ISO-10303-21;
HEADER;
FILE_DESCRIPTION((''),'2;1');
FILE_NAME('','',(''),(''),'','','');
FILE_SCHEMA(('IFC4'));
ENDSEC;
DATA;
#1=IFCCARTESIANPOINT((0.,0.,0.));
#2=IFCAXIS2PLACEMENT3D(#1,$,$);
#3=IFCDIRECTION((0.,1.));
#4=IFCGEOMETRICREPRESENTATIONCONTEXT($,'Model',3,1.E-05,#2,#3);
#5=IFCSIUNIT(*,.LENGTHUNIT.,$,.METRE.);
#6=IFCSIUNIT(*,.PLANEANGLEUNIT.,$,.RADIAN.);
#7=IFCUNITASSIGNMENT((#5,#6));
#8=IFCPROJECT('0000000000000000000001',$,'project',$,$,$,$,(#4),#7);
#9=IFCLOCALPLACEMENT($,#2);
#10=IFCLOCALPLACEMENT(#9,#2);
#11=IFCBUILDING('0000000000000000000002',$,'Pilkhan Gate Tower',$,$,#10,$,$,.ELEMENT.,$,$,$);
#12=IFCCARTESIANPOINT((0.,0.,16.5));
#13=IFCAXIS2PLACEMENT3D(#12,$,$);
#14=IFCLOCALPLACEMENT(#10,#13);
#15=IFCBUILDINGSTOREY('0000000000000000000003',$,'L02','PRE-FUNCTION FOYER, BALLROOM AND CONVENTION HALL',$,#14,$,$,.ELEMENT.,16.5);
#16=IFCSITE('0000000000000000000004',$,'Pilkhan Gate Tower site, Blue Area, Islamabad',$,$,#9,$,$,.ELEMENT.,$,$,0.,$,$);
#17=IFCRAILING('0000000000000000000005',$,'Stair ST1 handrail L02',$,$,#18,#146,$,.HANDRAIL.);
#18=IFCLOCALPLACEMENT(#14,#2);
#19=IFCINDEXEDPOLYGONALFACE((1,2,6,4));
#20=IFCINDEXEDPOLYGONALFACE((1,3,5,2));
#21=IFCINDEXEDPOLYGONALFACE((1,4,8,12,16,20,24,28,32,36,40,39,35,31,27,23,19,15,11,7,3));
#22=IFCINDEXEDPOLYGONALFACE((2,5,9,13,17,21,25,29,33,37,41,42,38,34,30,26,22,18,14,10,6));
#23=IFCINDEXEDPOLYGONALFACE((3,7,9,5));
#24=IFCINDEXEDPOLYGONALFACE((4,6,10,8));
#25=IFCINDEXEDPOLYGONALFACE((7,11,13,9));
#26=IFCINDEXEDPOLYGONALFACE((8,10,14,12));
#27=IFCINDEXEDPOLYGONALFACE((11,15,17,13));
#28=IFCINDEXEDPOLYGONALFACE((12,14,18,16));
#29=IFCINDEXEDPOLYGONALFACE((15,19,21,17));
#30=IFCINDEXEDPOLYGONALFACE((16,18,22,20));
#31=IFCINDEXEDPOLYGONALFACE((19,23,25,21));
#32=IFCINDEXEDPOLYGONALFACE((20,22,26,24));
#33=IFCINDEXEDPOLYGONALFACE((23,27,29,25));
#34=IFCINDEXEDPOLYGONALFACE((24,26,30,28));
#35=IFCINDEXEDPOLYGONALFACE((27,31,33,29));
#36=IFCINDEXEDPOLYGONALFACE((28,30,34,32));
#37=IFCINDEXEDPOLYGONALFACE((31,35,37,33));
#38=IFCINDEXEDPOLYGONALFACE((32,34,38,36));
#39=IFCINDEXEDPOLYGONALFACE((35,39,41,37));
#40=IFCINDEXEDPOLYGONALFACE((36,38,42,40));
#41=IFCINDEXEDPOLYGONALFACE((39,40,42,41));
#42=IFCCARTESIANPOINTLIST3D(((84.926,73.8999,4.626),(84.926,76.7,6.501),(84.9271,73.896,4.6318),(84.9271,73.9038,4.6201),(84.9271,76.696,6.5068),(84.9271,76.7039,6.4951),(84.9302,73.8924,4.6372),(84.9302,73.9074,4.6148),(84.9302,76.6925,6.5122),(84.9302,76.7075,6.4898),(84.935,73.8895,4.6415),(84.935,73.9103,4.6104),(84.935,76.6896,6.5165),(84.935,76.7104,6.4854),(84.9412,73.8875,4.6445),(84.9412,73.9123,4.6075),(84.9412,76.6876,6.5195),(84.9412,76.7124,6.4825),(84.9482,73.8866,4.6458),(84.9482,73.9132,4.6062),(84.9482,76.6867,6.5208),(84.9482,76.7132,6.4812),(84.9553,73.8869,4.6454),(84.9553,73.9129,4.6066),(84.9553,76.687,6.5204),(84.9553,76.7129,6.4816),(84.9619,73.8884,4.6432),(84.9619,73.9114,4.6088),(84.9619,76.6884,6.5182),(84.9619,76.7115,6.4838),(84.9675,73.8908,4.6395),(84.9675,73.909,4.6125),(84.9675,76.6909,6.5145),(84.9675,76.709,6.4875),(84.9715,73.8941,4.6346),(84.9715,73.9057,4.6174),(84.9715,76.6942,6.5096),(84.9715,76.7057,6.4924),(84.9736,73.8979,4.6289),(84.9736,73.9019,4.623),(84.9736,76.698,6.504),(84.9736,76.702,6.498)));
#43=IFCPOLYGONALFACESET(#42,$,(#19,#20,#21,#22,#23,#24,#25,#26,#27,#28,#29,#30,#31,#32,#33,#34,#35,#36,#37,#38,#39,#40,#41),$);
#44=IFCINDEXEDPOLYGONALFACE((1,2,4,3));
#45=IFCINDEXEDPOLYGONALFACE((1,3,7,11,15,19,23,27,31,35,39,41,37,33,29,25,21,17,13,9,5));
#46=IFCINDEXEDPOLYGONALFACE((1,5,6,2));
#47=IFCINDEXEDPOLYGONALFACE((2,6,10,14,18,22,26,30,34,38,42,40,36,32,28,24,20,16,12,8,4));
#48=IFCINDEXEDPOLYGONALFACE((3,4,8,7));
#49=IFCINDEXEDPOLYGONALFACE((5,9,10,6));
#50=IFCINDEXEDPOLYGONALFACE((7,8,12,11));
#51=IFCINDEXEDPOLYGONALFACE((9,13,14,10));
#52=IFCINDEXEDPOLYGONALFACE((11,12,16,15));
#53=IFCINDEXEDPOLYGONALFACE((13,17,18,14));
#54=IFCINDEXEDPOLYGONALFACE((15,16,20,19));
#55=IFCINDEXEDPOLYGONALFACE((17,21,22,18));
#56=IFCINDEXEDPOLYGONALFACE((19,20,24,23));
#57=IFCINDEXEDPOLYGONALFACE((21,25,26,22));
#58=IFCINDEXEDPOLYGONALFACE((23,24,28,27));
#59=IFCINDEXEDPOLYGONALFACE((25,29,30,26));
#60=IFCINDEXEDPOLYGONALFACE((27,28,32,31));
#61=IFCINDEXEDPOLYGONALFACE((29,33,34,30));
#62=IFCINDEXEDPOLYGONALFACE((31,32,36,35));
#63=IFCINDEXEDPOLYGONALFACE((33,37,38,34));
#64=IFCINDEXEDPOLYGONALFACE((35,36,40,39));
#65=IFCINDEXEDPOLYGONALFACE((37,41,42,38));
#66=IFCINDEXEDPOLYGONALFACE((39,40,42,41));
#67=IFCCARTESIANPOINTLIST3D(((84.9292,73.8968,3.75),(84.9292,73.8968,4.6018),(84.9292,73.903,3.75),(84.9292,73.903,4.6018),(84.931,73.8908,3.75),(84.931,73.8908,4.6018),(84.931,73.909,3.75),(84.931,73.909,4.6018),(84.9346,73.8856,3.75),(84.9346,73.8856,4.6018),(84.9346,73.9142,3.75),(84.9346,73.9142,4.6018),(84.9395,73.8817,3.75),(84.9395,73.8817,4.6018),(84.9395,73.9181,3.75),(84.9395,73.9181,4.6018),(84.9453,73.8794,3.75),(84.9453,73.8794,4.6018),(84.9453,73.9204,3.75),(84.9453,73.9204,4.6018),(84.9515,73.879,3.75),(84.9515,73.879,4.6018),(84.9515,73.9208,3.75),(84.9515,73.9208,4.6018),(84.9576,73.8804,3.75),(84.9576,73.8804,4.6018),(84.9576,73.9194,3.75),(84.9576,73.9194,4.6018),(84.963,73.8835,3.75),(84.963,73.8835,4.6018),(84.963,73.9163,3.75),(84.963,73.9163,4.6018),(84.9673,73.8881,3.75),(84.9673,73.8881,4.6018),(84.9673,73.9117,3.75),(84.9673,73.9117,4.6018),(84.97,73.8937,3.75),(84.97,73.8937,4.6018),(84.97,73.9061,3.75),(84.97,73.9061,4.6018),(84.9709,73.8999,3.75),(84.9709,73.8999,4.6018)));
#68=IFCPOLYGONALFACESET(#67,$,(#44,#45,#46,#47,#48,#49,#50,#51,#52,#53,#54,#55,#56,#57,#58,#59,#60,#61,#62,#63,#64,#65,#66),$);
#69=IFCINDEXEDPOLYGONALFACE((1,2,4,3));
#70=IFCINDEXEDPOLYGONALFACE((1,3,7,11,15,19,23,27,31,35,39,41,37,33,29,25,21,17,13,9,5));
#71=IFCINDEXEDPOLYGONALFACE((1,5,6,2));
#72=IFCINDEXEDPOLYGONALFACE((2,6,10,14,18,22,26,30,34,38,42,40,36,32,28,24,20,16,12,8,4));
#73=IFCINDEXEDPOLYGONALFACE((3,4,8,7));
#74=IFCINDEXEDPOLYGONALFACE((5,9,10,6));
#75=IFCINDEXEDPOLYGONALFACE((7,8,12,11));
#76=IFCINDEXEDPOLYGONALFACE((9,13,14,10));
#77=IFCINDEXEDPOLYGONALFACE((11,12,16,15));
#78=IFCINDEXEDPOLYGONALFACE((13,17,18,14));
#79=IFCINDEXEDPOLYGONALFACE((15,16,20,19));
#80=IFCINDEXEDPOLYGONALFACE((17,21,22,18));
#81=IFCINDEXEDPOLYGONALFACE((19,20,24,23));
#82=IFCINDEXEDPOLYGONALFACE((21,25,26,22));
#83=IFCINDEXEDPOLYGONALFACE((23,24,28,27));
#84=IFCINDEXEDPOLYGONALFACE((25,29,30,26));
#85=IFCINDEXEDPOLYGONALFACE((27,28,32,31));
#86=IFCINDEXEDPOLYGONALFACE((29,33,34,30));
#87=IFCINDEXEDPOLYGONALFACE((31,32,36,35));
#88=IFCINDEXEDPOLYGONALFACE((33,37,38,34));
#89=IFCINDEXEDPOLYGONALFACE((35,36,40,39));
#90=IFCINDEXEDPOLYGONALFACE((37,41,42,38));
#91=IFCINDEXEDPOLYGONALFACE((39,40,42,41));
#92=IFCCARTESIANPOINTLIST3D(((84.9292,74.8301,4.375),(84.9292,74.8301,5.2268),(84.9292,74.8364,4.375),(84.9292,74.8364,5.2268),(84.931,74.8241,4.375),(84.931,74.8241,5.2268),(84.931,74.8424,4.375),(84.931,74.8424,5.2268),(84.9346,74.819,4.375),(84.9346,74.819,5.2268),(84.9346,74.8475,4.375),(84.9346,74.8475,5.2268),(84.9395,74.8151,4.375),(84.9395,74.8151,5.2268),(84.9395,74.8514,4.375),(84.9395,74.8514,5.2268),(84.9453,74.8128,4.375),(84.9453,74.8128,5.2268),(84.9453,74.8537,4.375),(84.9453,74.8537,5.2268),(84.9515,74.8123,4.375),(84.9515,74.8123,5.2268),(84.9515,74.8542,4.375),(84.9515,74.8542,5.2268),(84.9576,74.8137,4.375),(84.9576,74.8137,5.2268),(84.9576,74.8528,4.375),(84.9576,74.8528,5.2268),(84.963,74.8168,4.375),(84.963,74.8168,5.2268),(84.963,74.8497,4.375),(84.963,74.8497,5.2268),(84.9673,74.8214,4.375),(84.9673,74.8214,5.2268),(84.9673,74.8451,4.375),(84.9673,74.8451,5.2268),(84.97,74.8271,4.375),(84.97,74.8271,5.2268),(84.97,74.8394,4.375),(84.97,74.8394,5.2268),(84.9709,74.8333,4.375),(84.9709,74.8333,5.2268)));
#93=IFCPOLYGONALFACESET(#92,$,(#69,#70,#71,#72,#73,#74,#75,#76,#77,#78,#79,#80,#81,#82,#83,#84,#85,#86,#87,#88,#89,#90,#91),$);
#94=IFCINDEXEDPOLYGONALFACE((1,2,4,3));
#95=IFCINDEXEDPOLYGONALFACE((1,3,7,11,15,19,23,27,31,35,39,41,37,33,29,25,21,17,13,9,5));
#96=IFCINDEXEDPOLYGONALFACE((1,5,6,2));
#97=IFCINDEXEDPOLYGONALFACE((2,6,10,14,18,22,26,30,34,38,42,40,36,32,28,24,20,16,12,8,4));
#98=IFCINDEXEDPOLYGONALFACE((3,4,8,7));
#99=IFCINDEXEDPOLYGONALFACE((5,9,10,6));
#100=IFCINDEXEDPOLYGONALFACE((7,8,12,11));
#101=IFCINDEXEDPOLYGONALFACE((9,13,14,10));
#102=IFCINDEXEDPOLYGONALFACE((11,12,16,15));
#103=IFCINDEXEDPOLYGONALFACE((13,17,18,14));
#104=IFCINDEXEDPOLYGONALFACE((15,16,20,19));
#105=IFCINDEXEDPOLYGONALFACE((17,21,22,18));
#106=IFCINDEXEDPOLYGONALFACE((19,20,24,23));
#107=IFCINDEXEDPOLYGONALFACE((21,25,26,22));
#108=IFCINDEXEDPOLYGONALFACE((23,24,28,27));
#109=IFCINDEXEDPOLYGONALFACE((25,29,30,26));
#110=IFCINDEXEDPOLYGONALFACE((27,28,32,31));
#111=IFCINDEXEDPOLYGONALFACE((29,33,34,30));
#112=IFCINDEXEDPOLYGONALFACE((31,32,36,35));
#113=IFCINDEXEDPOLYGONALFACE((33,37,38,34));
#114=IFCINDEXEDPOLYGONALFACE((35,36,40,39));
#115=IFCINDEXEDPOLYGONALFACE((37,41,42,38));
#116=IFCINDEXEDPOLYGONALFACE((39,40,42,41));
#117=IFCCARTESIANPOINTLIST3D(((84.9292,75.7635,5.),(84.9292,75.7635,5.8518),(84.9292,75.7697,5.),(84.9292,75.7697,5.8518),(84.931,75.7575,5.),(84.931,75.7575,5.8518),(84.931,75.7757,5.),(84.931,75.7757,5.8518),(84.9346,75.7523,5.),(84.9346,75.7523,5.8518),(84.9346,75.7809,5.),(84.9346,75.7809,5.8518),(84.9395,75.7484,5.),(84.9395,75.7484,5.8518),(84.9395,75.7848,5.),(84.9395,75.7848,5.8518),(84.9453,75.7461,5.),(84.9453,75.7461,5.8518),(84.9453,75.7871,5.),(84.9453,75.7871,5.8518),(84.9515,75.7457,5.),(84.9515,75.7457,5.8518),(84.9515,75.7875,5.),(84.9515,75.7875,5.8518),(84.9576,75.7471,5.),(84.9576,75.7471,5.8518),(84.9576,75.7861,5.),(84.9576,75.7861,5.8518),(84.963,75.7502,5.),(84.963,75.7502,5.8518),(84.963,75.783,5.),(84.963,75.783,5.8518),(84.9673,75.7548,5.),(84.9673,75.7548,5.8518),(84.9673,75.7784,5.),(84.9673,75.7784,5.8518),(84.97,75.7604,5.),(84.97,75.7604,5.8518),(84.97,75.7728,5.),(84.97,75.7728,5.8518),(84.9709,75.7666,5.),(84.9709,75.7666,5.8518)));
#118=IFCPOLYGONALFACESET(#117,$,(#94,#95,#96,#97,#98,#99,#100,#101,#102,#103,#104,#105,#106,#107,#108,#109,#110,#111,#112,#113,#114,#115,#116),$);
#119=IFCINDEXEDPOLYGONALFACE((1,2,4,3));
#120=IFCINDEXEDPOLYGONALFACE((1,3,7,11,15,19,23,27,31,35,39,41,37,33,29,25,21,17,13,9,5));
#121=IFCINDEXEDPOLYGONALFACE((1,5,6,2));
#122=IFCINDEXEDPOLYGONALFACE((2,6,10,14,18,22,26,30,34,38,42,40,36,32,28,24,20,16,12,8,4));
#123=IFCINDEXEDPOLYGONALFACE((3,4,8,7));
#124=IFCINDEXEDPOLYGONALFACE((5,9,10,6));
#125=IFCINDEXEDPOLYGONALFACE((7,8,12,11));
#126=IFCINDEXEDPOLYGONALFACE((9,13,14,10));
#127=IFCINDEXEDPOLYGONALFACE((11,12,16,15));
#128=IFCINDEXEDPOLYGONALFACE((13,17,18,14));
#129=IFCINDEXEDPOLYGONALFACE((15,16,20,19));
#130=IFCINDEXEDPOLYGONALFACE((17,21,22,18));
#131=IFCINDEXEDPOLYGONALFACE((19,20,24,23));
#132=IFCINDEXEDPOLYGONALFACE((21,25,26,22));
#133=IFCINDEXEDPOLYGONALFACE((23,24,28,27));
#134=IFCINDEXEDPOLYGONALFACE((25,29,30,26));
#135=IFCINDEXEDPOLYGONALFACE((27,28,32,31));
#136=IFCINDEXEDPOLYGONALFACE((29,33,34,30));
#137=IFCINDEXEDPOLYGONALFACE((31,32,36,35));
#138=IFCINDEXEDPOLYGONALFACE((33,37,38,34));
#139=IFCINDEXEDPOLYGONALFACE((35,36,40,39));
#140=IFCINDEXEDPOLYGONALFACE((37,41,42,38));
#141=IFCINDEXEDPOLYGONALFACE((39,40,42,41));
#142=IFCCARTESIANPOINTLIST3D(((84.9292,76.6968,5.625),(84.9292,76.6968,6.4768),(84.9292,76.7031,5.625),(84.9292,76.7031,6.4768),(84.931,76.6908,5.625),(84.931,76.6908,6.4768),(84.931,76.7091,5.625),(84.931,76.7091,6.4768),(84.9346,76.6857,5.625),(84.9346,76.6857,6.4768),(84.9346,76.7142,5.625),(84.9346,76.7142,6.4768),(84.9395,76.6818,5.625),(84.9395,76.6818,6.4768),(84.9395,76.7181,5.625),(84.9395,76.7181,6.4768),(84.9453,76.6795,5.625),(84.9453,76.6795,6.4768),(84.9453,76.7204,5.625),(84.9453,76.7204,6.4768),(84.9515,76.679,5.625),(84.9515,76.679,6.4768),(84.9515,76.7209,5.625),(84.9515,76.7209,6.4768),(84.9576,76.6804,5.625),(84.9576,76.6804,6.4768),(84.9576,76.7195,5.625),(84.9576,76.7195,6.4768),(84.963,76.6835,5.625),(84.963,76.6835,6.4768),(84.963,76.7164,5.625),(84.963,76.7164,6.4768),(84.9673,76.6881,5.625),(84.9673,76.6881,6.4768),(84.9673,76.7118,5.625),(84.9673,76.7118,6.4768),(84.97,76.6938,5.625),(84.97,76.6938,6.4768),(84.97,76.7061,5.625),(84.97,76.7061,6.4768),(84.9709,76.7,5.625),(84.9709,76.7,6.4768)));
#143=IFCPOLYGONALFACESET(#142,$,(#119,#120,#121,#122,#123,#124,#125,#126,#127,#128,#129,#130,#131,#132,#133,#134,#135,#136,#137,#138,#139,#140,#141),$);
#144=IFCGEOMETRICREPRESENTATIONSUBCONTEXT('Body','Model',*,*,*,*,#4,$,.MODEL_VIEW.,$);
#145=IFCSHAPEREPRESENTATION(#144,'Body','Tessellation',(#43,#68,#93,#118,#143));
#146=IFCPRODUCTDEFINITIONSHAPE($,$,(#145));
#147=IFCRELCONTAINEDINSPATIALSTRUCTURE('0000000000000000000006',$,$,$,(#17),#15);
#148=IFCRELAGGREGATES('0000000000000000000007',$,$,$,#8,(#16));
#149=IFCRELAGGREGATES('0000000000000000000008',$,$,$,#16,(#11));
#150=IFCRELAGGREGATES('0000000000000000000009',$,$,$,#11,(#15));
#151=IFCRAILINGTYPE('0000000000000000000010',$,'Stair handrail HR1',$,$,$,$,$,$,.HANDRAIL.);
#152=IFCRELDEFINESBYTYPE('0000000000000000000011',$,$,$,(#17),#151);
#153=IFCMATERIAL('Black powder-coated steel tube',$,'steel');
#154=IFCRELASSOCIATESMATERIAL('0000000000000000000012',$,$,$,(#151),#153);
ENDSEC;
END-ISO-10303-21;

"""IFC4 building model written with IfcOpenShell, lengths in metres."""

from ifc_helpers import new_model, si_unit, direction, frame, origin, origin_2d, place, context, subcontext, project, spatial, circle, extrude, material, type_object, element, save


model = new_model("IFC4")

# Units and contexts
model_context = context("Model", 3, precision=1e-05, world=origin(), true_north=direction((0.0, 1.0)))
body_context = subcontext(model_context, "Body", "Model", "MODEL_VIEW")
ifc_project = project(units=[si_unit("LENGTHUNIT", "METRE"), si_unit("PLANEANGLEUNIT", "RADIAN")], contexts=[model_context])

# Site, building, storey
site_placement = place(None, origin())
site = spatial("IfcSite", under=ifc_project, at=site_placement, Name="Pilkhan Gate Tower site, Blue Area, Islamabad", CompositionType="ELEMENT", RefElevation=0.0)
building_placement = place(site_placement, origin())
building = spatial("IfcBuilding", under=site, at=building_placement, Name="Pilkhan Gate Tower", CompositionType="ELEMENT")
storey_placement = place(building_placement, frame((0.0, 0.0, 16.5)))
storey = spatial("IfcBuildingStorey", under=building, at=storey_placement, Name="L02", Description="PRE-FUNCTION FOYER, BALLROOM AND CONVENTION HALL", CompositionType="ELEMENT", Elevation=16.5)

# Railing
ifc_material_1 = material(Name="Black powder-coated steel tube", Category="steel")
railing_type = type_object("IfcRailingType", Name="Stair handrail HR1", PredefinedType="HANDRAIL", material=ifc_material_1)
for number, where, name in (
    (1, (84.95, 73.8999, 3.75), "Stair ST1 handrail L02"),
):
    element("IfcRailing", number, at=place(storey_placement, frame(where)), inside=storey, type_object=railing_type, Name=name, PredefinedType="HANDRAIL", context=body_context, shape_type="SweptSolid", body=[
        extrude(circle(Radius=0.0239, at=origin_2d()), frame((0.0, 0.0, 0.876), z_axis=(0.0, 0.830912, 0.556404), x_axis=(-1.0, 0.0, 0.0)), (0.0, 0.0, 1.0), 3.3699),
        extrude(circle(Radius=0.021, at=origin_2d()), origin(), (0.0, 0.0, 1.0), 0.8518),
        extrude(circle(Radius=0.021, at=origin_2d()), frame((0.0, 0.9333, 0.625)), (0.0, 0.0, 1.0), 0.8518),
        extrude(circle(Radius=0.021, at=origin_2d()), frame((0.0, 1.8667, 1.25)), (0.0, 0.0, 1.0), 0.8518),
        extrude(circle(Radius=0.021, at=origin_2d()), frame((0.0, 2.8, 1.875)), (0.0, 0.0, 1.0), 0.8518),
    ])

save(model, "model.ifc")
